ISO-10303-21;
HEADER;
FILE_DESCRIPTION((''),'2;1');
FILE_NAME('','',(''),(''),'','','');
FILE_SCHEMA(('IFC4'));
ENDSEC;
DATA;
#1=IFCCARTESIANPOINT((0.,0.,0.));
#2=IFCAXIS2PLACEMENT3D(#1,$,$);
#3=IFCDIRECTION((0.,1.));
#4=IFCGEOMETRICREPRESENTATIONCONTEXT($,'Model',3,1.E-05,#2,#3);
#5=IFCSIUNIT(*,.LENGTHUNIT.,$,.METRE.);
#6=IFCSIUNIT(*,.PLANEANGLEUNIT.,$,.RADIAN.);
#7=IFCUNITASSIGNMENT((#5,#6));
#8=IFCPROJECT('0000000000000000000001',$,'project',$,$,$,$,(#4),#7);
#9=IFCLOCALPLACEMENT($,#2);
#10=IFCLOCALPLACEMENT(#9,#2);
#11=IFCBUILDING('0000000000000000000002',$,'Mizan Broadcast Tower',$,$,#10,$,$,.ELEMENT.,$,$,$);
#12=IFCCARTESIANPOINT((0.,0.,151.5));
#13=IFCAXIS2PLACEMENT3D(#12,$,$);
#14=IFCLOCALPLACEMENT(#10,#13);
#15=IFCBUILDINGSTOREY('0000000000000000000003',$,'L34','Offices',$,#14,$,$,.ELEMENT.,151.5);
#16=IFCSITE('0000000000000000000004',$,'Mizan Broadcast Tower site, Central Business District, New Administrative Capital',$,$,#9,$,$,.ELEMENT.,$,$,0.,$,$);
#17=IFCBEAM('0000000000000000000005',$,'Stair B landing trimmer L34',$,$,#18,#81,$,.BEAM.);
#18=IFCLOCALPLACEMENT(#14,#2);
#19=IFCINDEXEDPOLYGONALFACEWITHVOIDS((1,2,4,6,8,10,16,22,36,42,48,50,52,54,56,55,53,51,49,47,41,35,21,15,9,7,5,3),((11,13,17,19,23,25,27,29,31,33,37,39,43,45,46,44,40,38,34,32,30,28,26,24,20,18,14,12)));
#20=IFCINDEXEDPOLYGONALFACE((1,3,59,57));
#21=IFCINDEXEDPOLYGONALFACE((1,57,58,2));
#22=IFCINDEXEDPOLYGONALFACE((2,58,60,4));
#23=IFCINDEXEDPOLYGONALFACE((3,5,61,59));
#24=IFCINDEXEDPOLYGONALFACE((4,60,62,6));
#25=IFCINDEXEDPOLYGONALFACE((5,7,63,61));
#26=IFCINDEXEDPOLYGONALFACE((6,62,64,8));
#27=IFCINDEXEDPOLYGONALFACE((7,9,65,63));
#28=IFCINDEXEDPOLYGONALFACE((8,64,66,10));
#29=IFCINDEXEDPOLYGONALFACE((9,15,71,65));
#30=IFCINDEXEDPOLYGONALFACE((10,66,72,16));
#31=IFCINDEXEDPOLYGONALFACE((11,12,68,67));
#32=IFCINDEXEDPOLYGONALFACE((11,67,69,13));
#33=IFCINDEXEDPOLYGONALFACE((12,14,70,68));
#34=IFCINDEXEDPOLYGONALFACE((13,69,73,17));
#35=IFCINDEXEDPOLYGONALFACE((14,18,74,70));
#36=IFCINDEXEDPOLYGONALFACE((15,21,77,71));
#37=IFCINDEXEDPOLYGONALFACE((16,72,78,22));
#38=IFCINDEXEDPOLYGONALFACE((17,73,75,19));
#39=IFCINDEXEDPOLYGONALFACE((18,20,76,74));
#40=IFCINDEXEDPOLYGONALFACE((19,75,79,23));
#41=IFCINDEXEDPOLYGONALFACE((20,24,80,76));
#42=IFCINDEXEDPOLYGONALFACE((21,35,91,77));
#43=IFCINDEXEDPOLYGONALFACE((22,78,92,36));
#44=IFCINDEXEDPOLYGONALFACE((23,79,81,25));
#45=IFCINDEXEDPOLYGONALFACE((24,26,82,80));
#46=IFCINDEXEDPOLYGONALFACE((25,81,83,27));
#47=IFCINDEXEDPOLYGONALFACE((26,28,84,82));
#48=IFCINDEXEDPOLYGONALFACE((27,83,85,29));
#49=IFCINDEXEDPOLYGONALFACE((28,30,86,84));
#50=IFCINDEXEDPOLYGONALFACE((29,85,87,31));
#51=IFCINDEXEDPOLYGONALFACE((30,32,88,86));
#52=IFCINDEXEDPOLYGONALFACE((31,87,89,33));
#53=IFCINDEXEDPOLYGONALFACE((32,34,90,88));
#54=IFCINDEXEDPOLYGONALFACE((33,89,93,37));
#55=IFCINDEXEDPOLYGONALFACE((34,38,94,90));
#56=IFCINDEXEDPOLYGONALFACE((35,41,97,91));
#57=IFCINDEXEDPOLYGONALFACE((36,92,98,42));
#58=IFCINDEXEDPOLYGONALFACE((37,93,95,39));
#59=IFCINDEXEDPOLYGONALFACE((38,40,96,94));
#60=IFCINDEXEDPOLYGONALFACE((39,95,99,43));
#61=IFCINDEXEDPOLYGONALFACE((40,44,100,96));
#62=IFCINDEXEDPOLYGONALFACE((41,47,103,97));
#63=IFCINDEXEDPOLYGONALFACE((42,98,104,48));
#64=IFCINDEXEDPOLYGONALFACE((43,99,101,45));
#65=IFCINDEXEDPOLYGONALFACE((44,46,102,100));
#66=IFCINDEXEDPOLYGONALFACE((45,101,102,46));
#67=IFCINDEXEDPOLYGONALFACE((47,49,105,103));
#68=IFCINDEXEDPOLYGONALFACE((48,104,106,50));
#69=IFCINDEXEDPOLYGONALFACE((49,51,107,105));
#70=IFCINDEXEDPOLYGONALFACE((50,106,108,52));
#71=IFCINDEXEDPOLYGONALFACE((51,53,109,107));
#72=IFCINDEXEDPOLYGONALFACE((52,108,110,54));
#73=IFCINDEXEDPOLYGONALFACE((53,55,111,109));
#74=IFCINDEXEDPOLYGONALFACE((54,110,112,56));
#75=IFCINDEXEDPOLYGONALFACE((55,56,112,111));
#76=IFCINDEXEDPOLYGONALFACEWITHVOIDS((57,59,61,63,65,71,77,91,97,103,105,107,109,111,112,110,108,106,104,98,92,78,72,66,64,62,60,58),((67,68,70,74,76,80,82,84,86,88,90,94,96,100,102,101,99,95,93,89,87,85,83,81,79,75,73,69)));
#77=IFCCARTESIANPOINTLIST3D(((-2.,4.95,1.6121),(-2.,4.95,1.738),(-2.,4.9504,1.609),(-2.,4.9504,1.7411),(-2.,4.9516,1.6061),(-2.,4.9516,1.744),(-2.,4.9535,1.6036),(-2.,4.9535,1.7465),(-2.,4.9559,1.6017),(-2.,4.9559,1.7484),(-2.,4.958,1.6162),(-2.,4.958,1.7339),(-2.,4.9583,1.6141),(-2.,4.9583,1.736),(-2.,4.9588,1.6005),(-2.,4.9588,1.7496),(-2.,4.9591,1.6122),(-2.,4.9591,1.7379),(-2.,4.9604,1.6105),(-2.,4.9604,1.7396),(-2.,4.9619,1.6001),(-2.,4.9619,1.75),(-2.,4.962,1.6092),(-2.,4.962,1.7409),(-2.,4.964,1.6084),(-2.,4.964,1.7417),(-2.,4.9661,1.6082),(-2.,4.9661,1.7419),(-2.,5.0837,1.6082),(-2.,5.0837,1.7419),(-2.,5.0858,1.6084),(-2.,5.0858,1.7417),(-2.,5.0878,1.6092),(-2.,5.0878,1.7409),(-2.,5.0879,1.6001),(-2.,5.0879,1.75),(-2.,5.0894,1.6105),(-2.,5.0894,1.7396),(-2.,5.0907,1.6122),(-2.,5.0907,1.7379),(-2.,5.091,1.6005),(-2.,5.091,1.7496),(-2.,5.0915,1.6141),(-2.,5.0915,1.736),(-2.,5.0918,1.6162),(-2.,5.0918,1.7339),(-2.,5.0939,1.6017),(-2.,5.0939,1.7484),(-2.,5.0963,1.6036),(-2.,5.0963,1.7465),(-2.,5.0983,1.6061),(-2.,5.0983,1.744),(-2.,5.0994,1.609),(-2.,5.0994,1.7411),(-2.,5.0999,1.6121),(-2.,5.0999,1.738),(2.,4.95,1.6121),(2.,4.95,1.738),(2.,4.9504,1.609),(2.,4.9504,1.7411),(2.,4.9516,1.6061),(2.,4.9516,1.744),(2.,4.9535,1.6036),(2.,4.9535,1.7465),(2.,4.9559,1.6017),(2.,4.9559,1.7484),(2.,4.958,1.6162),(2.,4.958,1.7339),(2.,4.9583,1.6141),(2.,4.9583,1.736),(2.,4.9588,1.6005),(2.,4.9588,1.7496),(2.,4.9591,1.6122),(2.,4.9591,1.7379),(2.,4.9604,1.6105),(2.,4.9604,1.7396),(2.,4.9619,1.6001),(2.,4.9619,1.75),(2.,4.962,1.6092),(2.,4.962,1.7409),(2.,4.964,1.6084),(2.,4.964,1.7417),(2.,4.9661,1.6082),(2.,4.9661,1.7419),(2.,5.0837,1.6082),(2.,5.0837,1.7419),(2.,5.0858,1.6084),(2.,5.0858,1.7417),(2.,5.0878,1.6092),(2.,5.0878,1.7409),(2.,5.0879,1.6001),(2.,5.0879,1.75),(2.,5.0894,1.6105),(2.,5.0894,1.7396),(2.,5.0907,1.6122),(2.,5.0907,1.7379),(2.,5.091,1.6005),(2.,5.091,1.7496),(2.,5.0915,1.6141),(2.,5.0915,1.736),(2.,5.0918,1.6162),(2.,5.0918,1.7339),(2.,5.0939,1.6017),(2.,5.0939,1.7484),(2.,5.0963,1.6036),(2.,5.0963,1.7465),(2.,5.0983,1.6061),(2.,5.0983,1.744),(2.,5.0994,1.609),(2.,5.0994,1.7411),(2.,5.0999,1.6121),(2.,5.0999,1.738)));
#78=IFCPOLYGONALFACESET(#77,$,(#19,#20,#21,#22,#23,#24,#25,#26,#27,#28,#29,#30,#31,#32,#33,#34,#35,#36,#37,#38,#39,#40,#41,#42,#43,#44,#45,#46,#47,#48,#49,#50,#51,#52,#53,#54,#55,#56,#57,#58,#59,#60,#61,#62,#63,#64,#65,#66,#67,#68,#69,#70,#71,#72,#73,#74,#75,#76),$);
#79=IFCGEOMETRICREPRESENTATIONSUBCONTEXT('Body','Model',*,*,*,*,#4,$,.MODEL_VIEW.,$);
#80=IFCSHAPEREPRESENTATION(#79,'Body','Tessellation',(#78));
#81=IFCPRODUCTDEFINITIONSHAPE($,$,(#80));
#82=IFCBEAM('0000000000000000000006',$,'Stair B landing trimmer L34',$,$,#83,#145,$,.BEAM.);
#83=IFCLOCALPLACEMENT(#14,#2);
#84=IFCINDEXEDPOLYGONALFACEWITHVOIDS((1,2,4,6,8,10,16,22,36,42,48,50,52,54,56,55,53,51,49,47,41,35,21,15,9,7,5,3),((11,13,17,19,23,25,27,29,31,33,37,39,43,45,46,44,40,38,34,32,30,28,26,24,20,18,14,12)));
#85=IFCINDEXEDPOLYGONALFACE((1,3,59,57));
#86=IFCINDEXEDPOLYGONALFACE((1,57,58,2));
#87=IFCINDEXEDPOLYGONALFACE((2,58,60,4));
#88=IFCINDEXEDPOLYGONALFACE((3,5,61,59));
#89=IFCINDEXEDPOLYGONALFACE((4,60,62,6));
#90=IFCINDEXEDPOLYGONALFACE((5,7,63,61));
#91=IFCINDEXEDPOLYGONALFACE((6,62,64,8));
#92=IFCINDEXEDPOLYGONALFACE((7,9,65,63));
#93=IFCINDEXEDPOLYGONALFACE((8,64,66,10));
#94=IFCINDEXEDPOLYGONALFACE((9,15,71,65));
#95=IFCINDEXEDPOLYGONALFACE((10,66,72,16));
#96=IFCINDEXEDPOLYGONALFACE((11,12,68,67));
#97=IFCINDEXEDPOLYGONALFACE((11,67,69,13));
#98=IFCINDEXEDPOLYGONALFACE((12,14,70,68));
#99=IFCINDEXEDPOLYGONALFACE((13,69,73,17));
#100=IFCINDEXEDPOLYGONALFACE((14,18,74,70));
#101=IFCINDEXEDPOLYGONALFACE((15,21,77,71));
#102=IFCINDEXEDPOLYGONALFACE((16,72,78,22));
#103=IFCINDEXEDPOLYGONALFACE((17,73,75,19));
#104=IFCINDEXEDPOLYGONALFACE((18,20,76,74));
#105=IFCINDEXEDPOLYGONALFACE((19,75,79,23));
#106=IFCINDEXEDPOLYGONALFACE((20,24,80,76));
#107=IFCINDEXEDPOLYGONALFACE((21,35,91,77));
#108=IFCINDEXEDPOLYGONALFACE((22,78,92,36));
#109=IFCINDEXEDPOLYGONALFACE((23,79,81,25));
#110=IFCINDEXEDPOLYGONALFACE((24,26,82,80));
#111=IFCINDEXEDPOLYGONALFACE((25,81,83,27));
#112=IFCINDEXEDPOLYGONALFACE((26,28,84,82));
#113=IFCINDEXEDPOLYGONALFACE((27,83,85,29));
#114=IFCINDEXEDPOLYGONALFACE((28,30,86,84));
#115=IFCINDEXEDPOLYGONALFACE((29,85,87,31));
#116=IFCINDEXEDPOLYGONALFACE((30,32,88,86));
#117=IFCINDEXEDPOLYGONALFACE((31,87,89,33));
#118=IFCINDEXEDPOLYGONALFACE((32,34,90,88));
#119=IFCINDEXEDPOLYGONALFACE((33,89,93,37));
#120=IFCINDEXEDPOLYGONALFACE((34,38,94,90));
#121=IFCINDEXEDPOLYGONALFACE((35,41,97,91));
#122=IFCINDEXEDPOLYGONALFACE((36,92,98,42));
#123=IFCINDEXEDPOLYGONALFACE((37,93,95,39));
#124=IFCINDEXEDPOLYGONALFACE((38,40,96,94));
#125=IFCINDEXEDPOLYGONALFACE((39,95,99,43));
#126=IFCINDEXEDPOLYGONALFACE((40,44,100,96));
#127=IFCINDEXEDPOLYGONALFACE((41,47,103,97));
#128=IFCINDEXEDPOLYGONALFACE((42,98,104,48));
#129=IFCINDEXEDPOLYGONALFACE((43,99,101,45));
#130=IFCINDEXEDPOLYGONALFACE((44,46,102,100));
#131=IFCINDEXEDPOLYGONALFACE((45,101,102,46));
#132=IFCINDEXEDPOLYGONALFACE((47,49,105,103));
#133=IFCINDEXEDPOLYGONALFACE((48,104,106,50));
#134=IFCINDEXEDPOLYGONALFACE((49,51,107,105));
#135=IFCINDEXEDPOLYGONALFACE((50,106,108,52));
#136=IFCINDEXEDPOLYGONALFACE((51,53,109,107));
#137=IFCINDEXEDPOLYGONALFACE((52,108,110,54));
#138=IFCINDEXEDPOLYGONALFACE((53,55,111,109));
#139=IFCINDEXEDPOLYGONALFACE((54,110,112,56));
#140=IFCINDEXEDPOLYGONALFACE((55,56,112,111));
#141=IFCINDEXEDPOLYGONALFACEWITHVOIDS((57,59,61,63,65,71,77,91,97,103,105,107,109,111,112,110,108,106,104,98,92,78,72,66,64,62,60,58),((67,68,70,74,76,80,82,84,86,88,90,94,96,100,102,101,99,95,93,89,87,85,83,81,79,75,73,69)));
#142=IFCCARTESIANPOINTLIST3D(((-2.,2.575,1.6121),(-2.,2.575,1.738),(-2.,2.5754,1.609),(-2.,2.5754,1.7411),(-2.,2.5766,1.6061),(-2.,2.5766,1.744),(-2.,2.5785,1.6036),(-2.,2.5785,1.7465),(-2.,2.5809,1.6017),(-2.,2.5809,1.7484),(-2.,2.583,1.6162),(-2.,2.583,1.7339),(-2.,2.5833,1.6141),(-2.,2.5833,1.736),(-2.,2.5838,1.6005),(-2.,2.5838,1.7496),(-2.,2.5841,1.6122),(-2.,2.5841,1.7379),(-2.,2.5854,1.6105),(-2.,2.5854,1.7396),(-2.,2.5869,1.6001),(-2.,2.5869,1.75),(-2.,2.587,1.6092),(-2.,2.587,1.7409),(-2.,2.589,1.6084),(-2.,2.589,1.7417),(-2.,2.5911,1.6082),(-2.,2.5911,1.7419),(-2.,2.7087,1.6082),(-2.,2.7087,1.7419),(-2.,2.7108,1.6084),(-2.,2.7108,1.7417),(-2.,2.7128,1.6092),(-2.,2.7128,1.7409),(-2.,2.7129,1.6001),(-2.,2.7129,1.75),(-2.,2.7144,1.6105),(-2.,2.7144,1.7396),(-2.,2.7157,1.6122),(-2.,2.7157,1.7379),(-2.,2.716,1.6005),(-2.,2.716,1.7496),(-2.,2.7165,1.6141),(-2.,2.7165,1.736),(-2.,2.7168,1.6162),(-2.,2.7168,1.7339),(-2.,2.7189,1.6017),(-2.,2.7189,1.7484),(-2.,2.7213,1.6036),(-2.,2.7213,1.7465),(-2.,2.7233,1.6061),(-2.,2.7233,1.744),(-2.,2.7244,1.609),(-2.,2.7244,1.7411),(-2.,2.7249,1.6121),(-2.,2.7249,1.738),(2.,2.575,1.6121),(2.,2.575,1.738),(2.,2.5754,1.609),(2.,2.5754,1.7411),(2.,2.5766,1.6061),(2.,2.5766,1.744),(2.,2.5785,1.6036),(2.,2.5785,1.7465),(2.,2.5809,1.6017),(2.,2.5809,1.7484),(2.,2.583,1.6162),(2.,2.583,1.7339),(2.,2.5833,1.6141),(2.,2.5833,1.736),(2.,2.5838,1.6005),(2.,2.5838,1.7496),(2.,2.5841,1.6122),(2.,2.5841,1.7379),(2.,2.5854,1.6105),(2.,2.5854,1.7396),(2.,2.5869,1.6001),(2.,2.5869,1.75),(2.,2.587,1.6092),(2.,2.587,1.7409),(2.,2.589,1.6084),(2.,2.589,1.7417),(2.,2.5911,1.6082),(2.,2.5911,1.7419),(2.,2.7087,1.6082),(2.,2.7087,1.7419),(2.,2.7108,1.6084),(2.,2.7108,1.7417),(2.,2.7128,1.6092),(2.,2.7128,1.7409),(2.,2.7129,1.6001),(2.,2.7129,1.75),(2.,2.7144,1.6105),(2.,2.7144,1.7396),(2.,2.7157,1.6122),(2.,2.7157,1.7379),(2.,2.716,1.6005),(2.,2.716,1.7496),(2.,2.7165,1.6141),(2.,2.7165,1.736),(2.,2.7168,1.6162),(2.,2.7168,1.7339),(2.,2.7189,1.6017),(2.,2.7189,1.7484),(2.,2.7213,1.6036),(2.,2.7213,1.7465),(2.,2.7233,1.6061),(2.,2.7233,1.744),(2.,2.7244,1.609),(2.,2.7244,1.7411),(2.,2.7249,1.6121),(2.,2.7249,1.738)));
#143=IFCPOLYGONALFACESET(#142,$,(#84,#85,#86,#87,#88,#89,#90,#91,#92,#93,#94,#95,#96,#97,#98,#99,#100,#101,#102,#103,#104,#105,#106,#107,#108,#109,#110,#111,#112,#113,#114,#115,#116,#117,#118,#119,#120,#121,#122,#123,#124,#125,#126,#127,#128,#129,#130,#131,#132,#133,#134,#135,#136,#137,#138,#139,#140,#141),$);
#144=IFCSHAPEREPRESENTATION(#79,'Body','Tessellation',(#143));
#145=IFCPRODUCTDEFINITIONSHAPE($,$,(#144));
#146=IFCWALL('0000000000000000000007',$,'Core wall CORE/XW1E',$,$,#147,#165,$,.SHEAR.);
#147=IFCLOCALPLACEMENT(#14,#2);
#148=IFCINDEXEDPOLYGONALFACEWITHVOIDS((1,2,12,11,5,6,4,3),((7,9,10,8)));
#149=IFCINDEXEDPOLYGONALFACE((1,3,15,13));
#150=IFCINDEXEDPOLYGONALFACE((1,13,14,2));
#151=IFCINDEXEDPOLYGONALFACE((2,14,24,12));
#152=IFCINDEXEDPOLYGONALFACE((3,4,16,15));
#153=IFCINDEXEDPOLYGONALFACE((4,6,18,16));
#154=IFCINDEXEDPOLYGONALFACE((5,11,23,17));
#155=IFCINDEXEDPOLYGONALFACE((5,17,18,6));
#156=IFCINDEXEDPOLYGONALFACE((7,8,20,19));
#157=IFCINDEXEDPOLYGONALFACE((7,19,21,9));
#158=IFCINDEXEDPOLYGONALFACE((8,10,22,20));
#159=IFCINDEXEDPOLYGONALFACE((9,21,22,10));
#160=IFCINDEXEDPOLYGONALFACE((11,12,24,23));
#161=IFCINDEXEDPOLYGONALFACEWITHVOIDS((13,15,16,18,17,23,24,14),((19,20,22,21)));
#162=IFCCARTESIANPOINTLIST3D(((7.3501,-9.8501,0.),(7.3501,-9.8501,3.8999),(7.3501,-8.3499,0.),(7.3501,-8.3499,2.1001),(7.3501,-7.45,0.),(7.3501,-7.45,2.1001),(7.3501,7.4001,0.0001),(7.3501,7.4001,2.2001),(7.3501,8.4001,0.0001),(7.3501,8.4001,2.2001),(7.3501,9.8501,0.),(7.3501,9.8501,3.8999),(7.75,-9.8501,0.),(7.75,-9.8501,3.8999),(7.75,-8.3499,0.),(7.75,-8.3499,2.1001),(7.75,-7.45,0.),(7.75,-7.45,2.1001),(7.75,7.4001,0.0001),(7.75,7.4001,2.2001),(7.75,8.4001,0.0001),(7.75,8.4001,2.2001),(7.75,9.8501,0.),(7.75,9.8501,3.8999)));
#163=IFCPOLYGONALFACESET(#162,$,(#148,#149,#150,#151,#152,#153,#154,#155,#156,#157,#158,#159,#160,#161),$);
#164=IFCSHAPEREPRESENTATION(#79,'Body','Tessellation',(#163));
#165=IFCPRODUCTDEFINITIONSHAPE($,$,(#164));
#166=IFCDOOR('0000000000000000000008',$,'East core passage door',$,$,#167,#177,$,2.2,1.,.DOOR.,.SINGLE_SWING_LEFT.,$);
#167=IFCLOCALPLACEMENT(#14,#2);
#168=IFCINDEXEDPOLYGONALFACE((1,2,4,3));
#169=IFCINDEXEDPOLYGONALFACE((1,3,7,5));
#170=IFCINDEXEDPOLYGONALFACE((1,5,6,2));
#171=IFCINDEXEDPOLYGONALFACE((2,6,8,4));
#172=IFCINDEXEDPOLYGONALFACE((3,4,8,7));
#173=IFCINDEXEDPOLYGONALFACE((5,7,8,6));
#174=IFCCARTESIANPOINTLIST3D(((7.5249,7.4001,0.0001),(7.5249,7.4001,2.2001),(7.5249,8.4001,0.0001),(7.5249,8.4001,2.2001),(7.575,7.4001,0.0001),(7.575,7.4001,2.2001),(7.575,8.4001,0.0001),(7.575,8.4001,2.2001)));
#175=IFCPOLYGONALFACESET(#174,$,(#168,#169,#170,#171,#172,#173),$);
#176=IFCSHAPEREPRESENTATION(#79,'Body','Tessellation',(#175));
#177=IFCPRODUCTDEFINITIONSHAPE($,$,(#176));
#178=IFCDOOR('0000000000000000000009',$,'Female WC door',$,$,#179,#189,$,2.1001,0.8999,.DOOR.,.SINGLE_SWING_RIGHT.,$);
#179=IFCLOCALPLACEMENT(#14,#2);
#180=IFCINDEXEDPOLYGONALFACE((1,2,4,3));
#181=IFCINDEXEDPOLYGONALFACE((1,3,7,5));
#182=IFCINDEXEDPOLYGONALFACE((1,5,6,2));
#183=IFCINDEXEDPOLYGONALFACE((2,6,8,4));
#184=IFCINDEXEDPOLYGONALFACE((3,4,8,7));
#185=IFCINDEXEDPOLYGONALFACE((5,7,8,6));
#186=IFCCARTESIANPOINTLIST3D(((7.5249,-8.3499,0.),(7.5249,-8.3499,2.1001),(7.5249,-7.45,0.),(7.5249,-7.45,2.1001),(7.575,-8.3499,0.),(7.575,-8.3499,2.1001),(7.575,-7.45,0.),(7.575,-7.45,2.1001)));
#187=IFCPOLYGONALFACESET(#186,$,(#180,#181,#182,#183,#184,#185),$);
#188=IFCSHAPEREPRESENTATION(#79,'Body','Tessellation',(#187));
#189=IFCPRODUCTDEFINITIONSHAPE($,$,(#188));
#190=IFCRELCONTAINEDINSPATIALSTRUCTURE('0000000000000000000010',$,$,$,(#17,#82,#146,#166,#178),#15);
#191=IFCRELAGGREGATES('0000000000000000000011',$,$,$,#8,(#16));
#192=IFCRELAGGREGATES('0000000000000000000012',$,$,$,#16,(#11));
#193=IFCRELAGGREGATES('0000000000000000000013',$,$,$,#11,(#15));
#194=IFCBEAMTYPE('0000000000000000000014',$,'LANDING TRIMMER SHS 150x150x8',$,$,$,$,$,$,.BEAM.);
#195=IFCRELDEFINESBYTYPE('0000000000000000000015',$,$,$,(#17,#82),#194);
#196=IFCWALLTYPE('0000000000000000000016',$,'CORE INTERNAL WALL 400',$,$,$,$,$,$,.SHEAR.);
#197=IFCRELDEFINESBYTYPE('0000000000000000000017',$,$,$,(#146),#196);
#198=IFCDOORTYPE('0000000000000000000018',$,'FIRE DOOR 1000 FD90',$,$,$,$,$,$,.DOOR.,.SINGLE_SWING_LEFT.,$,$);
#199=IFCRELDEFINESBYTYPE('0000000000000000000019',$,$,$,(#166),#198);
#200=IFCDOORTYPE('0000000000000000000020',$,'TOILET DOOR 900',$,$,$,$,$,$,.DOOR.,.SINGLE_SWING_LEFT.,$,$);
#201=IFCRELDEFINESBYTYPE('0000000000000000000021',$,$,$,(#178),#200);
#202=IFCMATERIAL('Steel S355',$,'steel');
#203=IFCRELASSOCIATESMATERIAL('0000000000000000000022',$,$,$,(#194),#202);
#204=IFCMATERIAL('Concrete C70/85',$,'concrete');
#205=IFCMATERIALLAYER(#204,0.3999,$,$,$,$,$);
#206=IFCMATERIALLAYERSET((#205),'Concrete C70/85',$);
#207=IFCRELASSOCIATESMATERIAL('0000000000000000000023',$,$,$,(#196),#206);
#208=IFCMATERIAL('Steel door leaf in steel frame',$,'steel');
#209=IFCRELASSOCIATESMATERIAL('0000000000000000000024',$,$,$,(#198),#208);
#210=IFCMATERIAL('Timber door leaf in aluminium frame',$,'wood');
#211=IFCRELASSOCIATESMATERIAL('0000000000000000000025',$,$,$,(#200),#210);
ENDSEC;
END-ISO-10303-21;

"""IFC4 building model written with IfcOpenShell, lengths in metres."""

from ifc_helpers import new_model, si_unit, direction, frame, frame_2d, origin, origin_2d, place, context, subcontext, project, spatial, rectangle, hollow_rectangle, extrude, material, layer, layer_set, material_profile, profile_set, type_object, element, fill, save


model = new_model("IFC4")

# Units and contexts
model_context = context("Model", 3, precision=1e-05, world=origin(), true_north=direction((0.0, 1.0)))
body_context = subcontext(model_context, "Body", "Model", "MODEL_VIEW")
ifc_project = project(units=[si_unit("LENGTHUNIT", "METRE"), si_unit("PLANEANGLEUNIT", "RADIAN")], contexts=[model_context])

# Site, building, storey
site_placement = place(None, origin())
site = spatial("IfcSite", under=ifc_project, at=site_placement, Name="Mizan Broadcast Tower site, Central Business District, New Administrative Capital", CompositionType="ELEMENT", RefElevation=0.0)
building_placement = place(site_placement, origin())
building = spatial("IfcBuilding", under=site, at=building_placement, Name="Mizan Broadcast Tower", CompositionType="ELEMENT")
storey_placement = place(building_placement, frame((0.0, 0.0, 151.5)))
storey = spatial("IfcBuildingStorey", under=building, at=storey_placement, Name="L34", Description="Offices", CompositionType="ELEMENT", Elevation=151.5)

# Beams
ifc_material_1 = material(Name="Steel S355", Category="steel")
ifc_material_profile = material_profile(ifc_material_1, hollow_rectangle(XDim=0.1499, YDim=0.1499, WallThickness=0.0081, InnerFilletRadius=0.0081, OuterFilletRadius=0.012, at=origin_2d()), Name="SHS 150x150x8")
ifc_profile_set = profile_set([ifc_material_profile], Name="Steel S355")
beam_type = type_object("IfcBeamType", Name="LANDING TRIMMER SHS 150x150x8", PredefinedType="BEAM", material=ifc_profile_set)
for number, where, z_axis, x_axis, name in (
    (1, (2.0, 5.0249, 1.675), (-1.0, 0.0, 0.0), (0.0, -1.0, 0.0), "Stair B landing trimmer L34"),
    (2, (2.0, 2.6499, 1.675), (-1.0, 0.0, 0.0), (0.0, -1.0, 0.0), "Stair B landing trimmer L34"),
):
    element("IfcBeam", number, at=place(storey_placement, frame(where, z_axis=z_axis, x_axis=x_axis)), inside=storey, type_object=beam_type, Name=name, PredefinedType="BEAM", context=body_context, shape_type="SweptSolid", body=[
        extrude(hollow_rectangle(XDim=0.1499, YDim=0.1499, WallThickness=0.0081, InnerFilletRadius=0.0081, OuterFilletRadius=0.012, at=origin_2d()), origin(), (0.0, 0.0, 1.0), 4.0),
    ])

# Wall, openings, doors
ifc_material_2 = material(Name="Concrete C70/85", Category="concrete")
ifc_layer_1 = layer(ifc_material_2, 0.3999)
ifc_layer_set_1 = layer_set([ifc_layer_1], Name="Concrete C70/85")
wall_type_1 = type_object("IfcWallType", Name="CORE INTERNAL WALL 400", PredefinedType="SHEAR", material=ifc_layer_set_1)
wall_1_placement = place(storey_placement, frame((7.55, 9.8501, 0.0), z_axis=(0.0, 0.0, 1.0), x_axis=(0.0, -1.0, 0.0)))
wall_1 = element("IfcWall", 3, at=wall_1_placement, inside=storey, type_object=wall_type_1, Name="Core wall CORE/XW1E", PredefinedType="SHEAR", context=body_context, shape_type="SweptSolid", body=[
    extrude(rectangle(XDim=19.7002, YDim=0.3999, at=frame_2d((9.8501, 0.0))), origin(), (0.0, 0.0, 1.0), 3.8999),
])
opening_1_placement = place(wall_1_placement, frame((1.45, 0.0, 0.0)))
opening_1 = element("IfcOpeningElement", 4, at=opening_1_placement, cuts=wall_1, PredefinedType="OPENING", context=body_context, shape_type="SweptSolid", body=[
    extrude(rectangle(XDim=1.0, YDim=2.2, at=frame_2d((0.5, 1.1001))), frame((0.0, 0.21, 0.0), z_axis=(0.0, -1.0, 0.0), x_axis=(1.0, 0.0, 0.0)), (0.0, 0.0, 1.0), 0.4199),
])
opening_2_placement = place(wall_1_placement, frame((17.3, 0.0, 0.0)))
opening_2 = element("IfcOpeningElement", 5, at=opening_2_placement, cuts=wall_1, PredefinedType="OPENING", context=body_context, shape_type="SweptSolid", body=[
    extrude(rectangle(XDim=0.8999, YDim=2.1001, at=frame_2d((0.45, 1.05))), frame((0.0, 0.21, 0.0), z_axis=(0.0, -1.0, 0.0), x_axis=(1.0, 0.0, 0.0)), (0.0, 0.0, 1.0), 0.4199),
])
ifc_material_3 = material(Name="Steel door leaf in steel frame", Category="steel")
door_type_1 = type_object("IfcDoorType", Name="FIRE DOOR 1000 FD90", OperationType="SINGLE_SWING_LEFT", PredefinedType="DOOR", material=ifc_material_3)
door_1_placement = place(opening_1_placement, origin())
door_1 = element("IfcDoor", 6, at=door_1_placement, inside=storey, type_object=door_type_1, Name="East core passage door", OperationType="SINGLE_SWING_LEFT", OverallHeight=2.2, OverallWidth=1.0, PredefinedType="DOOR", context=body_context, shape_type="SweptSolid", body=[
    extrude(rectangle(XDim=1.0, YDim=2.2, at=frame_2d((0.5, 1.1001))), frame((0.0, 0.0249, 0.0), z_axis=(0.0, -1.0, 0.0), x_axis=(1.0, 0.0, 0.0)), (0.0, 0.0, 1.0), 0.05),
])
fill(opening_1, door_1)
ifc_material_4 = material(Name="Timber door leaf in aluminium frame", Category="wood")
door_type_2 = type_object("IfcDoorType", Name="TOILET DOOR 900", OperationType="SINGLE_SWING_LEFT", PredefinedType="DOOR", material=ifc_material_4)
door_2_placement = place(opening_2_placement, origin())
door_2 = element("IfcDoor", 7, at=door_2_placement, inside=storey, type_object=door_type_2, Name="Female WC door", OperationType="SINGLE_SWING_RIGHT", OverallHeight=2.1001, OverallWidth=0.8999, PredefinedType="DOOR", context=body_context, shape_type="SweptSolid", body=[
    extrude(rectangle(XDim=0.8999, YDim=2.1001, at=frame_2d((0.45, 1.05))), frame((0.0, 0.0249, 0.0), z_axis=(0.0, -1.0, 0.0), x_axis=(1.0, 0.0, 0.0)), (0.0, 0.0, 1.0), 0.05),
])
fill(opening_2, door_2)

save(model, "model.ifc")
